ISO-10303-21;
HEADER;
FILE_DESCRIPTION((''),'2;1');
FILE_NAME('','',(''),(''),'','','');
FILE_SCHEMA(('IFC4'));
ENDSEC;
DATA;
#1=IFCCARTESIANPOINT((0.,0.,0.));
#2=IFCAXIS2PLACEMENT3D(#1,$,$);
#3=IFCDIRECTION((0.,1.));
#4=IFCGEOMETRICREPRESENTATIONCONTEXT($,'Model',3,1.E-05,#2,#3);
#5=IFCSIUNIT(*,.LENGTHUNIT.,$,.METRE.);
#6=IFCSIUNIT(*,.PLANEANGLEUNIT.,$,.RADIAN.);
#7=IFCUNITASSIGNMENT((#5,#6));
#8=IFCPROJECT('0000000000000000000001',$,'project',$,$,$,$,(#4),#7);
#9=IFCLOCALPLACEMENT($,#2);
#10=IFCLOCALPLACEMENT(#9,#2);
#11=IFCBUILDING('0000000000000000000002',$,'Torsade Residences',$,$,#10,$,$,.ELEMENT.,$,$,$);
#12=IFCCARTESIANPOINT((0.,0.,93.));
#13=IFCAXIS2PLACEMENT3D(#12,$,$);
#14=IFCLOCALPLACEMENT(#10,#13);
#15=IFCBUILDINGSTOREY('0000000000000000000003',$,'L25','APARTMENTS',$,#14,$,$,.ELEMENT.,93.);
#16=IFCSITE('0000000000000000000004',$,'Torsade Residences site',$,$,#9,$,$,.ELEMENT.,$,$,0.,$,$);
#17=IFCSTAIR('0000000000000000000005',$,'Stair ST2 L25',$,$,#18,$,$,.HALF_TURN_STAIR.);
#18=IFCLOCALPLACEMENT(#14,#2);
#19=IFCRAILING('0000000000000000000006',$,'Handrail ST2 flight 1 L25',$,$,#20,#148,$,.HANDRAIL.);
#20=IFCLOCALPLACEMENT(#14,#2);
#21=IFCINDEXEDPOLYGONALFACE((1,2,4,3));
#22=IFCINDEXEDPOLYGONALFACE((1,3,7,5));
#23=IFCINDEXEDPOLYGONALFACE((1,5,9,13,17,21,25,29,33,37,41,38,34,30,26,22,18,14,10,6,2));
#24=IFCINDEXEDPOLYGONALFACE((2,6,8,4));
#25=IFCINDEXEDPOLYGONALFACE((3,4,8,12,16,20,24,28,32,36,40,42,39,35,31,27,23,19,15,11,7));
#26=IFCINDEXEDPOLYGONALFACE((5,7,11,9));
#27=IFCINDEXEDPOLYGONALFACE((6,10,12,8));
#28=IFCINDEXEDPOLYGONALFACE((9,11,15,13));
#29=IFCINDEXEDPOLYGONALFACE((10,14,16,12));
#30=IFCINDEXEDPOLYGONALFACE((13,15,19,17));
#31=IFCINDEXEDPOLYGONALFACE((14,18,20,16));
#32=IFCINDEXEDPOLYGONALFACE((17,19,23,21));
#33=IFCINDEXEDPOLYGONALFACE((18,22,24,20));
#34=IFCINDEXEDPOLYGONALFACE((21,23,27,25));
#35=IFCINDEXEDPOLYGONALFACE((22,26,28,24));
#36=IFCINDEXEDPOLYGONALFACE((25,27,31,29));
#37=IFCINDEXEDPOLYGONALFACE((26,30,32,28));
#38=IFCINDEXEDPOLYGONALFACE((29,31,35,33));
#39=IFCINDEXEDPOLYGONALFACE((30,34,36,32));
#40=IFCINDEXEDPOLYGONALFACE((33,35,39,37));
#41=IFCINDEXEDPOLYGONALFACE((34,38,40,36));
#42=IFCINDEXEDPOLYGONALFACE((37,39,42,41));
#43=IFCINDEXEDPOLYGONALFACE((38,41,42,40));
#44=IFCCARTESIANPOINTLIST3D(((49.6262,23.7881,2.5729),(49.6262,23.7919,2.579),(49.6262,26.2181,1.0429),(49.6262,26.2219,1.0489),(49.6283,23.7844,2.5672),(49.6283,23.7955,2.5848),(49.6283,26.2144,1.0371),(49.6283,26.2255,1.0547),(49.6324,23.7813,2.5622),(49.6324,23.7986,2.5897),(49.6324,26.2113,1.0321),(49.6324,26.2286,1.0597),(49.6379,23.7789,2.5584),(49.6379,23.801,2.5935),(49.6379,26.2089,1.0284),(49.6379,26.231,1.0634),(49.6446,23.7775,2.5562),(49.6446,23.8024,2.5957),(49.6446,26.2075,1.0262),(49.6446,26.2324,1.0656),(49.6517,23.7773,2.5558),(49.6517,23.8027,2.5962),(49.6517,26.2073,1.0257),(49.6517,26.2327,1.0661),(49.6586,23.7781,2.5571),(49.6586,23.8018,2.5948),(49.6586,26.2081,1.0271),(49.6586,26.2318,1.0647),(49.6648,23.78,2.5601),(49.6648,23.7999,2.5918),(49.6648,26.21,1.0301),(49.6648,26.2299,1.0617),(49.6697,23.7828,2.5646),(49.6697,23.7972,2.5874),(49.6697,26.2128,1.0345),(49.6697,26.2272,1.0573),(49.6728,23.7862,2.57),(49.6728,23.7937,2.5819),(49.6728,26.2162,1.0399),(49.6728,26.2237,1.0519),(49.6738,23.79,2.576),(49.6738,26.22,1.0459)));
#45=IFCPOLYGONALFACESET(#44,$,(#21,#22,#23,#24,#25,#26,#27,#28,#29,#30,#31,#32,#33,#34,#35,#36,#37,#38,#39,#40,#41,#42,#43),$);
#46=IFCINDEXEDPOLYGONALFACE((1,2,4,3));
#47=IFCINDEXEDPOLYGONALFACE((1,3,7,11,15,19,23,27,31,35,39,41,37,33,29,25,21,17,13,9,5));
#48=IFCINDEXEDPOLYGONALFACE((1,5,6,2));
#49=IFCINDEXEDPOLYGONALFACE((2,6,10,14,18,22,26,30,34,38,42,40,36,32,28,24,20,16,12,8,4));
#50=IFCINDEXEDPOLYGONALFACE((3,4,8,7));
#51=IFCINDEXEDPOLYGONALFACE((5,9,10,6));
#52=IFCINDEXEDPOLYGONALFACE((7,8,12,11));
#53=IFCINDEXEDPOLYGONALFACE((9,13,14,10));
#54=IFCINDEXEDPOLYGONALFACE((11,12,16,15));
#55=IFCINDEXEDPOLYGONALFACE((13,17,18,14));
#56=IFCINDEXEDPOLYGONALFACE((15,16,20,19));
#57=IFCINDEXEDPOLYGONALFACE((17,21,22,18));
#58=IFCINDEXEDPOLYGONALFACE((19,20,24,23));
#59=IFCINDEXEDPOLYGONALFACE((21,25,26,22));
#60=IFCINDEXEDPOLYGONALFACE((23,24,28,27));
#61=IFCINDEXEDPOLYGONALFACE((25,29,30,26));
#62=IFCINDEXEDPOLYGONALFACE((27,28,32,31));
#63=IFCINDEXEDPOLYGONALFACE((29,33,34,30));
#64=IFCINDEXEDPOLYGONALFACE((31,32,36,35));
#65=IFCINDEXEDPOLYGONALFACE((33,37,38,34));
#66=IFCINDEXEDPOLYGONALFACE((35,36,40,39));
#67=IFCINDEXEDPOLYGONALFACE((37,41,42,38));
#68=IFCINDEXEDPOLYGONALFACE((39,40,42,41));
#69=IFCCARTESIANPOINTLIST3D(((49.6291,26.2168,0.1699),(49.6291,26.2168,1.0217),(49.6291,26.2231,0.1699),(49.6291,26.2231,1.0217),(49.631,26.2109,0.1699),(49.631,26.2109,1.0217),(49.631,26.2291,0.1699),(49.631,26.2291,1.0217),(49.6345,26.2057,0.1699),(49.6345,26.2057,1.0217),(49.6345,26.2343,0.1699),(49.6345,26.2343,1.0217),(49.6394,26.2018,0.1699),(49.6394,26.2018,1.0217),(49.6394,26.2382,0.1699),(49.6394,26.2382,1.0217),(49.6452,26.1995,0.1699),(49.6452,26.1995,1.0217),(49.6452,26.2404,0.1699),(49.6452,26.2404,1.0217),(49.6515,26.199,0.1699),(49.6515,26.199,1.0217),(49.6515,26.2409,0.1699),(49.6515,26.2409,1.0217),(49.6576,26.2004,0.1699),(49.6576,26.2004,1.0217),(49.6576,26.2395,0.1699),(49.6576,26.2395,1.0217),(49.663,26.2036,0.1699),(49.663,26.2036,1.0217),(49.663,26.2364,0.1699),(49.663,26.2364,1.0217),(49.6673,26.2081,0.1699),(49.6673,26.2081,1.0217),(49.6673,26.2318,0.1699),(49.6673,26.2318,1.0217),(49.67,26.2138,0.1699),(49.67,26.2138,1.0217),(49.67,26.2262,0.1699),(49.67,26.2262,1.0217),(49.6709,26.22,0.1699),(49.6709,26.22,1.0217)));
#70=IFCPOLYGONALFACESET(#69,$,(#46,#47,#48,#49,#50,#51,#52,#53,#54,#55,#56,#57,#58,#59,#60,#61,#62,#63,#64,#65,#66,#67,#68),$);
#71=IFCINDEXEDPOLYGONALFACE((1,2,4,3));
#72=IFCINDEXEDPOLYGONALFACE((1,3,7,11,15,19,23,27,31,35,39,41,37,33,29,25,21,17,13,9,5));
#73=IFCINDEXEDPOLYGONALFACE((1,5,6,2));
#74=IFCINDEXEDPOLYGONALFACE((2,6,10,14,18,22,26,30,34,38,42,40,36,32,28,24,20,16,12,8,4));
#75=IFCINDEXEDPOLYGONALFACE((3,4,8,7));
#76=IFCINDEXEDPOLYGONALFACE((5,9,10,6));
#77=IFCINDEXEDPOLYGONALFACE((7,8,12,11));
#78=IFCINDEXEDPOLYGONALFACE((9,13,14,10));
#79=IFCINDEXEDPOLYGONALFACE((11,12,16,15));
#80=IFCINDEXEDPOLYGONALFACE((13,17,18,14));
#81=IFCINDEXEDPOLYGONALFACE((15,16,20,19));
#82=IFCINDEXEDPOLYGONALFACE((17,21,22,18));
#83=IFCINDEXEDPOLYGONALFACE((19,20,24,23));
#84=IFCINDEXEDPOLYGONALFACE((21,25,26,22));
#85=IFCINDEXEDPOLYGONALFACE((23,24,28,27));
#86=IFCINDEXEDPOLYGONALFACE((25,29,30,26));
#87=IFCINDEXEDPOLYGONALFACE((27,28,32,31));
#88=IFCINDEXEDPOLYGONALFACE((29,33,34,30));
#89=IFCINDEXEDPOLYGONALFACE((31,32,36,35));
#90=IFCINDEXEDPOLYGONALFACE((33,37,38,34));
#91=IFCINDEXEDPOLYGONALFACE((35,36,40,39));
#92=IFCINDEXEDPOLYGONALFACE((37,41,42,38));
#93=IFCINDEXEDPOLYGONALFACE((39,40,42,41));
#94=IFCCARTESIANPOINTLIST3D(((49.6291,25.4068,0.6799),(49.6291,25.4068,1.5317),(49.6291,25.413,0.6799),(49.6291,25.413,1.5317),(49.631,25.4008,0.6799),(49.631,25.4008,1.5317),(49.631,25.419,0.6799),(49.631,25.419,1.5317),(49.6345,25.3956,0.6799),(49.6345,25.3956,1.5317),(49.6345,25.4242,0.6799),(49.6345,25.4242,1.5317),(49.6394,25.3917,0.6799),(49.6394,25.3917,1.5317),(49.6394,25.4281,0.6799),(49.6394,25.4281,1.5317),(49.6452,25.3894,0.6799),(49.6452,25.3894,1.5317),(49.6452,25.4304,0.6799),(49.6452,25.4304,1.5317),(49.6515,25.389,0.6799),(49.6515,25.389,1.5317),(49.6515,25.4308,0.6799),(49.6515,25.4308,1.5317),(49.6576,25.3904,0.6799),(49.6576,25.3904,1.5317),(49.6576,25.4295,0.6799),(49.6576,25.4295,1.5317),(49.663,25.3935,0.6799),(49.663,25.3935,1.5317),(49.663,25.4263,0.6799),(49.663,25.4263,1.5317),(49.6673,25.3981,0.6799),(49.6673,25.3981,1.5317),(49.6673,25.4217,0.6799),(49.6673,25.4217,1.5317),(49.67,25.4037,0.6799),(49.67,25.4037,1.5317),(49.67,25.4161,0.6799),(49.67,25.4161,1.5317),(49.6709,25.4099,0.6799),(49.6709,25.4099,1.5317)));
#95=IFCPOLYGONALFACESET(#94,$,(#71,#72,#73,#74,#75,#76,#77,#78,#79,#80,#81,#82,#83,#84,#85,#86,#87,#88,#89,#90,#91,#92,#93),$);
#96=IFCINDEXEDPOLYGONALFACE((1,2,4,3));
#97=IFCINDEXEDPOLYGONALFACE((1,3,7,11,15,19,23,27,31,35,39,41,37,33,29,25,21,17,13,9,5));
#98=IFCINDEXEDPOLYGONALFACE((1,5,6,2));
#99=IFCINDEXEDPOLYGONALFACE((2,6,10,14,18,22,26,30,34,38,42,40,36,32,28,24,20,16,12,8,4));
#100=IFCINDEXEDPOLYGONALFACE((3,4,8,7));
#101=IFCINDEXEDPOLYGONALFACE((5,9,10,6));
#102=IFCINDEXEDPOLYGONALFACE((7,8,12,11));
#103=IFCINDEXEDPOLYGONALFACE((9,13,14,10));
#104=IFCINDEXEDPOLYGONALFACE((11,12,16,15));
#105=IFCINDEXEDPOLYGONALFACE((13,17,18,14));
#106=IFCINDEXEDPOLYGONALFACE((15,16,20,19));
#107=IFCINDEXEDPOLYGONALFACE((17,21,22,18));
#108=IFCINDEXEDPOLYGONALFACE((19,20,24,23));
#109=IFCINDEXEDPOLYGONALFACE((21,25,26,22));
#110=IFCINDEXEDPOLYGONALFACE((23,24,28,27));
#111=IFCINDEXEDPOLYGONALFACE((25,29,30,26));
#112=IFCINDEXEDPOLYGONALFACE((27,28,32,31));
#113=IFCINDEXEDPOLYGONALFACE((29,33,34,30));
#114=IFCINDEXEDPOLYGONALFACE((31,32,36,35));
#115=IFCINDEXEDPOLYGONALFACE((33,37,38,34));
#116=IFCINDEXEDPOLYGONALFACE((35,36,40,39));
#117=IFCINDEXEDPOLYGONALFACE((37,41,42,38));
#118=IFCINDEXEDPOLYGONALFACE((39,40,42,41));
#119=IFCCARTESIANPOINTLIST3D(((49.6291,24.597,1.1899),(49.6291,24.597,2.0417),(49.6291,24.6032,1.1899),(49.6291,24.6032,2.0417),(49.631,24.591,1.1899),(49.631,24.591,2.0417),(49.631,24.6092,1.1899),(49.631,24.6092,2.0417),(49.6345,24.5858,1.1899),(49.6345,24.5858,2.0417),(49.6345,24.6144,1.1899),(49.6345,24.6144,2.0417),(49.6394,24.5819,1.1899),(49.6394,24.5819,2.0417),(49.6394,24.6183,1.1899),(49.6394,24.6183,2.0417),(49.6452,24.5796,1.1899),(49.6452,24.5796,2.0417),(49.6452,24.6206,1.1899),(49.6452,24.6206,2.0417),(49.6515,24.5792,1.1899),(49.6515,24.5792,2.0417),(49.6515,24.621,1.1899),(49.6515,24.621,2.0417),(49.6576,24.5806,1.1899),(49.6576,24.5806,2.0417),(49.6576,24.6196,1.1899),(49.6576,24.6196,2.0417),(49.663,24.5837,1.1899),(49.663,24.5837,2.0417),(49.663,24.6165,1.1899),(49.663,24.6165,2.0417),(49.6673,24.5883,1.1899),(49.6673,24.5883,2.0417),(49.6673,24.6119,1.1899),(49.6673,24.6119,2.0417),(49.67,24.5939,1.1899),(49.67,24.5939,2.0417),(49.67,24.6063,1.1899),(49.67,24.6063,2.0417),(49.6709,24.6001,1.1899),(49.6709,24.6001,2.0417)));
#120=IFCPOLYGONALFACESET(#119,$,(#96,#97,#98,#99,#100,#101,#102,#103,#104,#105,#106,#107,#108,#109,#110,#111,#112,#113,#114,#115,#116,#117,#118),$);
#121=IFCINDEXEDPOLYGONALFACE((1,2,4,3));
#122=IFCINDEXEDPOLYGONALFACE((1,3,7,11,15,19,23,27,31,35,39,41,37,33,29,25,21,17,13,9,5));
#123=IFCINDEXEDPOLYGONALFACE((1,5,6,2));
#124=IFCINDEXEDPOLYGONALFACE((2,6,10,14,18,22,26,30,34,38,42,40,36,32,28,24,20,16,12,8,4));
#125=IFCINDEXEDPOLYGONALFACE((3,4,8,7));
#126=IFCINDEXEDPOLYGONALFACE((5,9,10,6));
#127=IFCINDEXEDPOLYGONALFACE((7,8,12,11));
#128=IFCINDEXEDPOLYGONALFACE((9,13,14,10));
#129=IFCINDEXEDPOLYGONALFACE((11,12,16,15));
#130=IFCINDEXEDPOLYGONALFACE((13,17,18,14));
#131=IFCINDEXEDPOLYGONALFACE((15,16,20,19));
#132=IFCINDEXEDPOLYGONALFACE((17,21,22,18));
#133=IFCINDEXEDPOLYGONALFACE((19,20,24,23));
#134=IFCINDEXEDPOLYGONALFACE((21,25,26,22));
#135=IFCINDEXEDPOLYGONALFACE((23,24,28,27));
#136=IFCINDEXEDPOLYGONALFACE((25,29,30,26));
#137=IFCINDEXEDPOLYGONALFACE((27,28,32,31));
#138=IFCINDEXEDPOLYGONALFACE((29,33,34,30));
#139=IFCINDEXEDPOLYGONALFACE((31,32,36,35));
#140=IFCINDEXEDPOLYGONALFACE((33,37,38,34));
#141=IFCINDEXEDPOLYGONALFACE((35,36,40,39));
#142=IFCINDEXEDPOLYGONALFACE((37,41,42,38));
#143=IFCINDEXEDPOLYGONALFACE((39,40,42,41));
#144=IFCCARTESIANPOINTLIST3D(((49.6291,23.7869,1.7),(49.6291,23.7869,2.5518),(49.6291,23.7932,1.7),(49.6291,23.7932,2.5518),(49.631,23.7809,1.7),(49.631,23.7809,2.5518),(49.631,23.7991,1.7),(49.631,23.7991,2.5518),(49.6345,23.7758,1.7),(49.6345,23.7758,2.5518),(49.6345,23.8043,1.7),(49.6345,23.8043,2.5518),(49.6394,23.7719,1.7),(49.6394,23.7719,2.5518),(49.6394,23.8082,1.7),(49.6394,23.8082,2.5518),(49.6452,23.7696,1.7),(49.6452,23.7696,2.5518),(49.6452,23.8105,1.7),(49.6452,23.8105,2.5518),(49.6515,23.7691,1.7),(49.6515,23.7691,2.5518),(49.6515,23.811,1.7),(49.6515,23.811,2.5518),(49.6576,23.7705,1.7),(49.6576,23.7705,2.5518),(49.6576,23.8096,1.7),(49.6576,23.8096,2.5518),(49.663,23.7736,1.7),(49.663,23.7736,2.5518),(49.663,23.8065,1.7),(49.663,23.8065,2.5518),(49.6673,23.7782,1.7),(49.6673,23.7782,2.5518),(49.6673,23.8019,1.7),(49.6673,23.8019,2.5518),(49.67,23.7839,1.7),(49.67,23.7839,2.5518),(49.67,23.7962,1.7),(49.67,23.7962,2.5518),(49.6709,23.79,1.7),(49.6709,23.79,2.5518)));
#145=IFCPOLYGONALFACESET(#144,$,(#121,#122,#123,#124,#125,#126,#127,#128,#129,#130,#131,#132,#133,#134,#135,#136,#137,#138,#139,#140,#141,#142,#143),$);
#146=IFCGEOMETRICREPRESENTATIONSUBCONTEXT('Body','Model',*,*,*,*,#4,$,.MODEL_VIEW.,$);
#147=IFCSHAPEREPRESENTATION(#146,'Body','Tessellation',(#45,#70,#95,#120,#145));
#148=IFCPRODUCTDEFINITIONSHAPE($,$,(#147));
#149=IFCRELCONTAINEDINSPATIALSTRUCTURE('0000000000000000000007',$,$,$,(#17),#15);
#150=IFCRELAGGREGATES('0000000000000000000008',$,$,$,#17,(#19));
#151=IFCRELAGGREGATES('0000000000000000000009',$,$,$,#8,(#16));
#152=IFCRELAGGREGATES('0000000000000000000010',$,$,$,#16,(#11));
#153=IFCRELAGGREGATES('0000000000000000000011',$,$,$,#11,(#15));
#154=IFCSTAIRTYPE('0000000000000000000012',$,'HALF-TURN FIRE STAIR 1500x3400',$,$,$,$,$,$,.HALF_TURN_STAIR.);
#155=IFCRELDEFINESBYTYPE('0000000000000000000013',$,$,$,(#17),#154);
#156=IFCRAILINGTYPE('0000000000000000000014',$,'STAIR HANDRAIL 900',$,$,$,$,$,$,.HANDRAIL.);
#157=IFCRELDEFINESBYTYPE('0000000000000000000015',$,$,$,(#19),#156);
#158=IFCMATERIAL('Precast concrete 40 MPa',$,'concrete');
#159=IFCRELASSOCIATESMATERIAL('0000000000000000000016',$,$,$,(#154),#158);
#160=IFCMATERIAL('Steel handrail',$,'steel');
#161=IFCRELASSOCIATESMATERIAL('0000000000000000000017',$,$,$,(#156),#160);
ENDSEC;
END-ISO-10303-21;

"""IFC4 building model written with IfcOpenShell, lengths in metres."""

from ifc_helpers import new_model, si_unit, direction, frame, origin, origin_2d, place, context, subcontext, project, spatial, circle, extrude, material, type_object, element, aggregate, save


model = new_model("IFC4")

# Units and contexts
model_context = context("Model", 3, precision=1e-05, world=origin(), true_north=direction((0.0, 1.0)))
body_context = subcontext(model_context, "Body", "Model", "MODEL_VIEW")
ifc_project = project(units=[si_unit("LENGTHUNIT", "METRE"), si_unit("PLANEANGLEUNIT", "RADIAN")], contexts=[model_context])

# Site, building, storey
site_placement = place(None, origin())
site = spatial("IfcSite", under=ifc_project, at=site_placement, Name="Torsade Residences site", CompositionType="ELEMENT", RefElevation=0.0)
building_placement = place(site_placement, origin())
building = spatial("IfcBuilding", under=site, at=building_placement, Name="Torsade Residences", CompositionType="ELEMENT")
storey_placement = place(building_placement, frame((0.0, 0.0, 93.0)))
storey = spatial("IfcBuildingStorey", under=building, at=storey_placement, Name="L25", Description="APARTMENTS", CompositionType="ELEMENT", Elevation=93.0)

# Stair, railing
ifc_material_1 = material(Name="Precast concrete 40 MPa", Category="concrete")
stair_type = type_object("IfcStairType", Name="HALF-TURN FIRE STAIR 1500x3400", PredefinedType="HALF_TURN_STAIR", material=ifc_material_1)
stair_placement = place(storey_placement, origin())
stair = element("IfcStair", 1, at=stair_placement, inside=storey, type_object=stair_type, Name="Stair ST2 L25", PredefinedType="HALF_TURN_STAIR")
ifc_material_2 = material(Name="Steel handrail", Category="steel")
railing_type = type_object("IfcRailingType", Name="STAIR HANDRAIL 900", PredefinedType="HANDRAIL", material=ifc_material_2)
railing_1_placement = place(storey_placement, frame((49.6499, 26.22, 0.1699)))
railing_1 = element("IfcRailing", 2, at=railing_1_placement, type_object=railing_type, Name="Handrail ST2 flight 1 L25", PredefinedType="HANDRAIL", context=body_context, shape_type="SweptSolid", body=[
    extrude(circle(Radius=0.0239, at=origin_2d()), frame((0.0, 0.0, 0.876), z_axis=(0.0, -0.846221, 0.532831), x_axis=(1.0, 0.0, 0.0)), (0.0, 0.0, 1.0), 2.8716),
    extrude(circle(Radius=0.021, at=origin_2d()), origin(), (0.0, 0.0, 1.0), 0.8518),
    extrude(circle(Radius=0.021, at=origin_2d()), frame((0.0, -0.8101, 0.51)), (0.0, 0.0, 1.0), 0.8518),
    extrude(circle(Radius=0.021, at=origin_2d()), frame((0.0, -1.6199, 1.02)), (0.0, 0.0, 1.0), 0.8518),
    extrude(circle(Radius=0.021, at=origin_2d()), frame((0.0, -2.4299, 1.53)), (0.0, 0.0, 1.0), 0.8518),
])
aggregate(stair, [railing_1])

save(model, "model.ifc")
